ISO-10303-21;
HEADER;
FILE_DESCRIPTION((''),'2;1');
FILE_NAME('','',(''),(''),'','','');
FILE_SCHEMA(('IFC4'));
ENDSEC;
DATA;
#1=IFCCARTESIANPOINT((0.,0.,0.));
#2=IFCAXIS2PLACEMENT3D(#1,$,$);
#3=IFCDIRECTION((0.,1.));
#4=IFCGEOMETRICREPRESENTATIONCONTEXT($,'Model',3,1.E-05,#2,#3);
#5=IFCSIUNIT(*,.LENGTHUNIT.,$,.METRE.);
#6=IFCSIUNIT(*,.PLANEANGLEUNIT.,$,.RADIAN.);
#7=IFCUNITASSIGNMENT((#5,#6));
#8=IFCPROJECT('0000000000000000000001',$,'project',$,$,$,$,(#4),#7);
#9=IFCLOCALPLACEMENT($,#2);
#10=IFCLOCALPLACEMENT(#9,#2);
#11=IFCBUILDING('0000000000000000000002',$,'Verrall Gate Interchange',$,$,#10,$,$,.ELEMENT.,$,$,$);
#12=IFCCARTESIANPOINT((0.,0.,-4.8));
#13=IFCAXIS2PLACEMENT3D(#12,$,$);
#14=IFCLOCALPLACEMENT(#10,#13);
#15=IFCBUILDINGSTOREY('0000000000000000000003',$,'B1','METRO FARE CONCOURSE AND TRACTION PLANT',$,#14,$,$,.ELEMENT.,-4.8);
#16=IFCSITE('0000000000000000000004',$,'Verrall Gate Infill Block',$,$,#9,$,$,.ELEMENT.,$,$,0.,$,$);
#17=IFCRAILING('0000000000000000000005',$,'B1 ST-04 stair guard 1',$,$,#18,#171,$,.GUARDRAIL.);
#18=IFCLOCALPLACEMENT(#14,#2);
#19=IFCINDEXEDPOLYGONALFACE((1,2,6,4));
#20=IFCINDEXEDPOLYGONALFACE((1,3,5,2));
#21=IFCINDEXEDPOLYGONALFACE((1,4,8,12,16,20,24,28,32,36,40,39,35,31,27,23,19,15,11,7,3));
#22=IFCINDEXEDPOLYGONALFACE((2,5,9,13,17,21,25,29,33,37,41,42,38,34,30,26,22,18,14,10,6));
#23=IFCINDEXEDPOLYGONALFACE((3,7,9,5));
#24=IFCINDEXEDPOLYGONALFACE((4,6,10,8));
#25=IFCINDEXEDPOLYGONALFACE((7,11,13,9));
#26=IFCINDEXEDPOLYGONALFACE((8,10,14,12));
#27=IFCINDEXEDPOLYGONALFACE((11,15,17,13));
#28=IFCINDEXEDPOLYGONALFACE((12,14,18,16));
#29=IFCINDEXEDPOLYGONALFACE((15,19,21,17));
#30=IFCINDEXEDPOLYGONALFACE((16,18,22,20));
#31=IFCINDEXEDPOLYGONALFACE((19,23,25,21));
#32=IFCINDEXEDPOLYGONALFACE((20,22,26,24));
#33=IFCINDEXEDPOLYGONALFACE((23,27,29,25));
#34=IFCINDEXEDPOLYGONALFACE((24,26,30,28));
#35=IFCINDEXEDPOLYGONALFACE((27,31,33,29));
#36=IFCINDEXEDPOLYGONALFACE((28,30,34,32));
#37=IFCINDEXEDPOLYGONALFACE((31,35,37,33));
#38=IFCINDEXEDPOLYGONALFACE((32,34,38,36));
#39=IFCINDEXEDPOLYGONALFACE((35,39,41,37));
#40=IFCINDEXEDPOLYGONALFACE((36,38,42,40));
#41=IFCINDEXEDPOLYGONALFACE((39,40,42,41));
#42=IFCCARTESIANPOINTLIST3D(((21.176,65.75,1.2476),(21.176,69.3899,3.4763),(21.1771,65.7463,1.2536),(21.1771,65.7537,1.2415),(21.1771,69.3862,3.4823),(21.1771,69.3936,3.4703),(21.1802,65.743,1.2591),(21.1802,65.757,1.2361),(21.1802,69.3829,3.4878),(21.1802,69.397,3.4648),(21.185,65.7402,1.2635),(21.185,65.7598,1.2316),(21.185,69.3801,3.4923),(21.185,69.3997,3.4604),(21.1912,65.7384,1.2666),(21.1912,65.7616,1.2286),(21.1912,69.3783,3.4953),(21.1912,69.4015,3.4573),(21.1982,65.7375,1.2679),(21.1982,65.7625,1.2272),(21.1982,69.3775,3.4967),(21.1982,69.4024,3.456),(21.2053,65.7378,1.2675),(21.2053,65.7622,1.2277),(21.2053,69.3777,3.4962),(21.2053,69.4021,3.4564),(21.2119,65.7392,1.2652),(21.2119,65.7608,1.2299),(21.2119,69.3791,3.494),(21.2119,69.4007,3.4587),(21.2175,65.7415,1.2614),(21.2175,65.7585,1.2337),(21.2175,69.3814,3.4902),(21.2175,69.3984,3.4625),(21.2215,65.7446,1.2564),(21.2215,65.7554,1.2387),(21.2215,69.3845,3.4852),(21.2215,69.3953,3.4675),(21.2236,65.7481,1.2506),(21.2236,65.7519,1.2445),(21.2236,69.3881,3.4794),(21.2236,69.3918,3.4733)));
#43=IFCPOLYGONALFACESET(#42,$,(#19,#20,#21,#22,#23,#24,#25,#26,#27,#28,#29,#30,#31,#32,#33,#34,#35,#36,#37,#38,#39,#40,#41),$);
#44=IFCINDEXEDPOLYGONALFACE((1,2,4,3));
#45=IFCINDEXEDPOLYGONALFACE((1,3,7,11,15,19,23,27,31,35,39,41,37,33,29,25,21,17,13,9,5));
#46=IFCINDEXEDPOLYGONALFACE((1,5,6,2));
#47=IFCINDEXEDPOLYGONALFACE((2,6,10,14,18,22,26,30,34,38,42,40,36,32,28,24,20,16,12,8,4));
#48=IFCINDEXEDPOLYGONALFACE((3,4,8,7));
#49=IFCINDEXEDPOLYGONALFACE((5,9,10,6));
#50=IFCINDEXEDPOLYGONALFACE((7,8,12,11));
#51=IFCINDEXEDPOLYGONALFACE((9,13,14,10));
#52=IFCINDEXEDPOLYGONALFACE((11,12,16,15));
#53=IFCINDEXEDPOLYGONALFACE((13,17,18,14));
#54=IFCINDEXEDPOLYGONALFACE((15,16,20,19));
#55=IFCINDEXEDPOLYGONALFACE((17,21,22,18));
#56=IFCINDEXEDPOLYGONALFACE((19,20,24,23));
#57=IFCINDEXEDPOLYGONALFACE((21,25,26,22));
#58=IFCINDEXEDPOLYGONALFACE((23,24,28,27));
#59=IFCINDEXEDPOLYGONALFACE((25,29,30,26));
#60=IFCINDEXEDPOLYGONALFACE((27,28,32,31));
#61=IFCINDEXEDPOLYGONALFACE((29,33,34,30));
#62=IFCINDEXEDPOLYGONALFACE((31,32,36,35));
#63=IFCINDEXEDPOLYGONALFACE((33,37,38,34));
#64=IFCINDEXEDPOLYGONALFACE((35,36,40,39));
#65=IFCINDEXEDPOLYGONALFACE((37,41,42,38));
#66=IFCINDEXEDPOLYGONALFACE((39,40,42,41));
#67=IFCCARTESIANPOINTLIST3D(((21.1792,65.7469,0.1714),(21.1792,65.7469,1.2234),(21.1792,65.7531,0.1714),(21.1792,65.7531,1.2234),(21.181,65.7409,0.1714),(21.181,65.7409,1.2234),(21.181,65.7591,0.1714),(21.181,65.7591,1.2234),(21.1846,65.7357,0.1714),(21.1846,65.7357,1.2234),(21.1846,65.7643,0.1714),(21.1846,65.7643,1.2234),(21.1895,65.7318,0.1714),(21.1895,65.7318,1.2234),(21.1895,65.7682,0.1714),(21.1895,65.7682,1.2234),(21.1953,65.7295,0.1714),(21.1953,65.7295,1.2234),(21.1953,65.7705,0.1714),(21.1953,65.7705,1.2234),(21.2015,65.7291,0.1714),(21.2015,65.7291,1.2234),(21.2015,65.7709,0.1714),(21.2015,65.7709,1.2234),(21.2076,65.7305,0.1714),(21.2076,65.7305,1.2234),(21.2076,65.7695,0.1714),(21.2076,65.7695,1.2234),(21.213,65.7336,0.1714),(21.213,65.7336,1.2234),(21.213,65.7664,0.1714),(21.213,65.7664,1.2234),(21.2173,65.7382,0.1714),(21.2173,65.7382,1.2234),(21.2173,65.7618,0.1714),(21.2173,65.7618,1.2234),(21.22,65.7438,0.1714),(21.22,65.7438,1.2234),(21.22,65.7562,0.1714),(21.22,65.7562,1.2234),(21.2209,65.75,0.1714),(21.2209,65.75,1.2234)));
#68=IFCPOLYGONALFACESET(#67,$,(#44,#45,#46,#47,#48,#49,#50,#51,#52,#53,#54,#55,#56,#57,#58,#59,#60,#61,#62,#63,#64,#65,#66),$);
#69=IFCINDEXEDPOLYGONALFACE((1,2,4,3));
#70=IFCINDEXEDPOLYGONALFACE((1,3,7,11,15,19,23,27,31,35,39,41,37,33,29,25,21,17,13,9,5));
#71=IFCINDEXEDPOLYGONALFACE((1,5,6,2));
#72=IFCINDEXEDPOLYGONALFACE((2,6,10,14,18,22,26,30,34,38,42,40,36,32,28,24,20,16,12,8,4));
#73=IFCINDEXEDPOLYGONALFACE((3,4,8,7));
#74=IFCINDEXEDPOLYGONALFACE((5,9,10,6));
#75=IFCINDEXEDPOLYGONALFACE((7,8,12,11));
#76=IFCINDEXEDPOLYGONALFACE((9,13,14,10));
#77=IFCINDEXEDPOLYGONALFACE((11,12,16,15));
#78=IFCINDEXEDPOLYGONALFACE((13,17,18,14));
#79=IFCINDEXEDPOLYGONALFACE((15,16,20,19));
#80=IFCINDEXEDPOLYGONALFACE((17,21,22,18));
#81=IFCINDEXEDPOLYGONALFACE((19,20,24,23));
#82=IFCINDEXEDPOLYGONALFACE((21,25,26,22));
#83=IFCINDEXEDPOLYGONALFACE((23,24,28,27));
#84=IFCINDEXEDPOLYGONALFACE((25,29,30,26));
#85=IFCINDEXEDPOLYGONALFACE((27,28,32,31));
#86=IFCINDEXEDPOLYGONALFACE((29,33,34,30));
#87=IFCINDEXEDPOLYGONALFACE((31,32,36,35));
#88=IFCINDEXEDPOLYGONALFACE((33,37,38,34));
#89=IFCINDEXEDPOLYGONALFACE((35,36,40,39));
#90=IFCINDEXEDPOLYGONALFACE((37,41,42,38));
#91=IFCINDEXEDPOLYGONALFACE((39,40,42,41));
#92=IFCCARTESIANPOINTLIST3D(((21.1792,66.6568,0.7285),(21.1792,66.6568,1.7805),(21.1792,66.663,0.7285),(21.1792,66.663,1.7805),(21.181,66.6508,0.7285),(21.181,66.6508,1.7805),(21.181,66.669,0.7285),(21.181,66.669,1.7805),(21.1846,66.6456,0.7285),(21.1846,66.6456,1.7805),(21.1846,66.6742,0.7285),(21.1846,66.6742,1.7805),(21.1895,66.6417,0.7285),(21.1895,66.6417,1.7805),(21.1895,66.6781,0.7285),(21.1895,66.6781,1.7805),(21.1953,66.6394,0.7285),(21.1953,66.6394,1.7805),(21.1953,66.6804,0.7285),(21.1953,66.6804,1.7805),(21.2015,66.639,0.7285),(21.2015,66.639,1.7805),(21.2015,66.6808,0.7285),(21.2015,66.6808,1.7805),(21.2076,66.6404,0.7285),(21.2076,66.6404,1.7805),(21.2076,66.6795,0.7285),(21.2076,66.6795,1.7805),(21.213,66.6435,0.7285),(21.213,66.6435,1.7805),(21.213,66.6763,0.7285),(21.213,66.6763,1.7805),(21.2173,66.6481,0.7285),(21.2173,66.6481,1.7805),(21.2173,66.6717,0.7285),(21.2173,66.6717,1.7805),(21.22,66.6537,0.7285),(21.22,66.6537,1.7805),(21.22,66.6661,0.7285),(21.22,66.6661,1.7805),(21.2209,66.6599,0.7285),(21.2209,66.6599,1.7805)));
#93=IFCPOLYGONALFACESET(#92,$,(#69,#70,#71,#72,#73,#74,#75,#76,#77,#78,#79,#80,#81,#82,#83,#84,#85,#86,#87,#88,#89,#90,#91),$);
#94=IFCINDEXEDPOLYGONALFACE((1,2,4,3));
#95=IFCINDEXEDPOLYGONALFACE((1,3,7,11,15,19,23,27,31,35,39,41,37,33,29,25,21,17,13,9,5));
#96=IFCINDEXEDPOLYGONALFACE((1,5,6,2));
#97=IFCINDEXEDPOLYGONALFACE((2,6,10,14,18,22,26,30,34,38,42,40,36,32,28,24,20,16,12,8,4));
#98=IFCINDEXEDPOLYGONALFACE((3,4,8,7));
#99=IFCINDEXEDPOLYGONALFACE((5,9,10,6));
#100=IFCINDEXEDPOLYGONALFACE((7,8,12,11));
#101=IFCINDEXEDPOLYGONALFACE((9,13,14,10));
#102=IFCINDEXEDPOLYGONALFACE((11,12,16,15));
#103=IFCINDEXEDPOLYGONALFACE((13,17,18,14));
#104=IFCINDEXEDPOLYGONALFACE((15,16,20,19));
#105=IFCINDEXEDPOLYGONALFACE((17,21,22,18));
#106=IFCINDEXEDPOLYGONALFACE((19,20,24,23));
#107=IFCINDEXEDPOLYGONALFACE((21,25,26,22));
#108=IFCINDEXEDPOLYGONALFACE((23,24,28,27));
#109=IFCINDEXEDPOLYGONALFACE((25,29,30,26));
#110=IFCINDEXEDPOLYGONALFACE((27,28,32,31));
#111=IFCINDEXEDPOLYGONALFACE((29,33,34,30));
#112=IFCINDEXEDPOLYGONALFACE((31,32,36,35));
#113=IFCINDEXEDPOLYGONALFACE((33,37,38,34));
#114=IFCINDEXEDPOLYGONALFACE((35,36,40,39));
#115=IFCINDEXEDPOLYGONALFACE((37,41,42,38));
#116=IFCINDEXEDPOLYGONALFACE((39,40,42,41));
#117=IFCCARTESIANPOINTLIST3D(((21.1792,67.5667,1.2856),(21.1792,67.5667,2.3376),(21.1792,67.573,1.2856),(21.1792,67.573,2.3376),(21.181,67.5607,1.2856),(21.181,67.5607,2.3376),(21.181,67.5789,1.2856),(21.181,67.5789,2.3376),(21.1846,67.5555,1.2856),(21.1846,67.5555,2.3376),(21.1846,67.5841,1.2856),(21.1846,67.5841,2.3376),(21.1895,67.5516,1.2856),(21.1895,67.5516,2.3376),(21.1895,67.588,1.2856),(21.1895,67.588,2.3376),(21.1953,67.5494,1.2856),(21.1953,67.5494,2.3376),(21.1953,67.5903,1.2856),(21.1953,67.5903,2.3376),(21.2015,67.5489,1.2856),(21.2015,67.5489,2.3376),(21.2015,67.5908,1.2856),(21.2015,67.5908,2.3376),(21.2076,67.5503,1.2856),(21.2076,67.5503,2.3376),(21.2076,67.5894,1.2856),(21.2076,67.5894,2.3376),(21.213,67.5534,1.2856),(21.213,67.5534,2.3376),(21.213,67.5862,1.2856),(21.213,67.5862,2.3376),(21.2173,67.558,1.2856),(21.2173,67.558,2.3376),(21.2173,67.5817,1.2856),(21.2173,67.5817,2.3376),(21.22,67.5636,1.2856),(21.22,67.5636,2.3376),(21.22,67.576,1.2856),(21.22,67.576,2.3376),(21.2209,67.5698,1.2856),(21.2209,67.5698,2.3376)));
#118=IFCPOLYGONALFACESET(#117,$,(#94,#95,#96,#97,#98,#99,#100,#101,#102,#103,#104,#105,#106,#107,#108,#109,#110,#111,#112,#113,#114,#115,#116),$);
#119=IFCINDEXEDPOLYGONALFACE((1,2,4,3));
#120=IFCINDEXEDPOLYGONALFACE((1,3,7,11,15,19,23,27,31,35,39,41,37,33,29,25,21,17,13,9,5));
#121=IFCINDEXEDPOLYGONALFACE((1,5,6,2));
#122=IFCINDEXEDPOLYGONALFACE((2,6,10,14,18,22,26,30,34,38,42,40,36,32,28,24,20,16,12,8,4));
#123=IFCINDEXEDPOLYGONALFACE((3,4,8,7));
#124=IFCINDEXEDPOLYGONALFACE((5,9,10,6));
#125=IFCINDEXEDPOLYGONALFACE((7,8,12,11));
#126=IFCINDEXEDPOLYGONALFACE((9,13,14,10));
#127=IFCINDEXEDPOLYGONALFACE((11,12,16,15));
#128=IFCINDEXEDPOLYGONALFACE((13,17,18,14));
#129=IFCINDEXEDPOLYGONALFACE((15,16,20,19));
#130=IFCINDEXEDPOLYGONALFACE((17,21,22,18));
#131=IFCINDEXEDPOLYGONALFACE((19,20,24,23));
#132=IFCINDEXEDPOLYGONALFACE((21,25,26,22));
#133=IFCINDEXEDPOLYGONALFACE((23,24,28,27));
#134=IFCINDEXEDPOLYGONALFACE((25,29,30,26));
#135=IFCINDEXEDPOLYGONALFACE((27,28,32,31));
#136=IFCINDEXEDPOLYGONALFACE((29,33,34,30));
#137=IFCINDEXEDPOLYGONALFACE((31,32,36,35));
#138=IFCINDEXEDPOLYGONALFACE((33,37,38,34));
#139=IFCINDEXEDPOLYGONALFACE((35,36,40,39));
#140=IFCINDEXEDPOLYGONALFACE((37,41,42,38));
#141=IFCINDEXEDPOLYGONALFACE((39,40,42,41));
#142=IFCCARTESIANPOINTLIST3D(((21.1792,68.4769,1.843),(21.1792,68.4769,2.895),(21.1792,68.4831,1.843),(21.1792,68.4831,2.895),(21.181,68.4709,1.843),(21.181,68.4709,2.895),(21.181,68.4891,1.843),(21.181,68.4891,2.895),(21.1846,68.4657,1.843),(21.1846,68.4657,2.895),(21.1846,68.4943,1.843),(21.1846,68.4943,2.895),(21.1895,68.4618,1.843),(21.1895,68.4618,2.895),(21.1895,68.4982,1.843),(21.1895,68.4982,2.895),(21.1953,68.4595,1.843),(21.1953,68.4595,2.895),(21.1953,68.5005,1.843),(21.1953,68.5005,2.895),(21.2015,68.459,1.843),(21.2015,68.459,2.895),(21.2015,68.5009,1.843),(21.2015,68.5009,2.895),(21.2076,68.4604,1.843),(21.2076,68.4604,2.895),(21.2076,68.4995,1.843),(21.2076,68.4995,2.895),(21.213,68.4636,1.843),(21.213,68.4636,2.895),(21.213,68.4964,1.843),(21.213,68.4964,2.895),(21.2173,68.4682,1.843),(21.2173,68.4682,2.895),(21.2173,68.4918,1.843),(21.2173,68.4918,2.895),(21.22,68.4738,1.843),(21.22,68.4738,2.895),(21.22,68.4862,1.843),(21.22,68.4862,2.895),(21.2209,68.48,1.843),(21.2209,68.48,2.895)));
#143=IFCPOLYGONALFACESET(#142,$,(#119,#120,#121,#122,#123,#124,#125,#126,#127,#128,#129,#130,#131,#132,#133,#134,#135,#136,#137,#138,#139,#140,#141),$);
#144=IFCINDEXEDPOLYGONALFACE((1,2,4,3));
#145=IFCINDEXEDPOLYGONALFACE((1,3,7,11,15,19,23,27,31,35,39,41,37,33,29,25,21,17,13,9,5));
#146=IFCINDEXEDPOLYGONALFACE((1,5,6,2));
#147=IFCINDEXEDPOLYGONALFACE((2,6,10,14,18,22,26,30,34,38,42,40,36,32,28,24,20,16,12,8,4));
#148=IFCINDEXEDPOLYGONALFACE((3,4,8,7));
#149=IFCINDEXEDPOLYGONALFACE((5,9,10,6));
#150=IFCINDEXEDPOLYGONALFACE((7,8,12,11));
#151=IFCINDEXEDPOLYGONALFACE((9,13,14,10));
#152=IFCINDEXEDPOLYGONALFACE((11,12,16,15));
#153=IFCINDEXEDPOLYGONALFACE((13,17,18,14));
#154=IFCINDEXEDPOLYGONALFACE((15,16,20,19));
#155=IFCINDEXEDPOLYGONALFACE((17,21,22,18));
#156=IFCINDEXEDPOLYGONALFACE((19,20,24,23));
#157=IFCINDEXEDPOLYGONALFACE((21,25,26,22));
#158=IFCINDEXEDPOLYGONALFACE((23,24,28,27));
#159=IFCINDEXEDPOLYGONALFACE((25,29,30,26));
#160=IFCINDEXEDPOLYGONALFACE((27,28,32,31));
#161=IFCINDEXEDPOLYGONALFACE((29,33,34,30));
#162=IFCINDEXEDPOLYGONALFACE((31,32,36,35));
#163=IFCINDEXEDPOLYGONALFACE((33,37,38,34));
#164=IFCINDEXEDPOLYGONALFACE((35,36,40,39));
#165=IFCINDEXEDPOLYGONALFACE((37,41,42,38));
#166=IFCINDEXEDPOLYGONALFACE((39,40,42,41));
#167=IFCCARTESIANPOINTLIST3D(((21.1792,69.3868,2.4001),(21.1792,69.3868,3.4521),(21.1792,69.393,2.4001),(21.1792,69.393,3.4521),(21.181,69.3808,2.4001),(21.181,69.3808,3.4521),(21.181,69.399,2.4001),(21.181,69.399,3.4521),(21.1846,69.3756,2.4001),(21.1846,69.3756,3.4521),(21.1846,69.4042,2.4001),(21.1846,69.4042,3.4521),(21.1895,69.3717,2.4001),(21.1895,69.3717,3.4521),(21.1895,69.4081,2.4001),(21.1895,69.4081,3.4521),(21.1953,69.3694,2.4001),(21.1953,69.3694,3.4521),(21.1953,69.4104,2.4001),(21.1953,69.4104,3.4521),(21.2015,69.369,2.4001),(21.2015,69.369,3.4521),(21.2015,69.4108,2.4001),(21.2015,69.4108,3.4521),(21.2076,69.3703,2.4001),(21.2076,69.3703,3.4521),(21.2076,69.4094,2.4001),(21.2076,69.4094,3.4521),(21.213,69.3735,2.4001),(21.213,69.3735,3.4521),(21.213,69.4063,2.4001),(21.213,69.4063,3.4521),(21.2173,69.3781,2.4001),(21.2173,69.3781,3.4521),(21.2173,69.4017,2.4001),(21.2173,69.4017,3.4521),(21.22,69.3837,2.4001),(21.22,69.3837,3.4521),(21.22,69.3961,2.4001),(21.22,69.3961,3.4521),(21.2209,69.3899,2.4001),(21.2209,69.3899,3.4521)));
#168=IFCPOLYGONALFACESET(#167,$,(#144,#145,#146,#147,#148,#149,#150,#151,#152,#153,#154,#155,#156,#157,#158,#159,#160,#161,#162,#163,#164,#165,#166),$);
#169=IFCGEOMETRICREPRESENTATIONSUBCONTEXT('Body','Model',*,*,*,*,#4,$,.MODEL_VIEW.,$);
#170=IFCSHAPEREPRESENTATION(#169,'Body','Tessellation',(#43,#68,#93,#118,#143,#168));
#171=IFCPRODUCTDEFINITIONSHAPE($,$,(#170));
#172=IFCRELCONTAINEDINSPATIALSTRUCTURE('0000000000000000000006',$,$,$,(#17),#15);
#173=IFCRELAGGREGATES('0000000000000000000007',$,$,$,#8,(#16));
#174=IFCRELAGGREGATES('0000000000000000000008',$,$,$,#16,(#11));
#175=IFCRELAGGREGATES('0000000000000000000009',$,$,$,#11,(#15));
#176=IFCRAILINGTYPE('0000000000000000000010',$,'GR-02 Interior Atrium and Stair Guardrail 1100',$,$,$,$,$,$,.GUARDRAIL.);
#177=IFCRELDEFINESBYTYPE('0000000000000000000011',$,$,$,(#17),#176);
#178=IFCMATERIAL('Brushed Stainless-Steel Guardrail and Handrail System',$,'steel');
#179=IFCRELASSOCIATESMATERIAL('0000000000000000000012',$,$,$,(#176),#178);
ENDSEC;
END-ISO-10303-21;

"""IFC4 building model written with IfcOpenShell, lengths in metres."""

from ifc_helpers import new_model, si_unit, direction, frame, origin, origin_2d, place, context, subcontext, project, spatial, circle, extrude, material, type_object, element, save


model = new_model("IFC4")

# Units and contexts
model_context = context("Model", 3, precision=1e-05, world=origin(), true_north=direction((0.0, 1.0)))
body_context = subcontext(model_context, "Body", "Model", "MODEL_VIEW")
ifc_project = project(units=[si_unit("LENGTHUNIT", "METRE"), si_unit("PLANEANGLEUNIT", "RADIAN")], contexts=[model_context])

# Site, building, storey
site_placement = place(None, origin())
site = spatial("IfcSite", under=ifc_project, at=site_placement, Name="Verrall Gate Infill Block", CompositionType="ELEMENT", RefElevation=0.0)
building_placement = place(site_placement, origin())
building = spatial("IfcBuilding", under=site, at=building_placement, Name="Verrall Gate Interchange", CompositionType="ELEMENT")
storey_placement = place(building_placement, frame((0.0, 0.0, -4.8)))
storey = spatial("IfcBuildingStorey", under=building, at=storey_placement, Name="B1", Description="METRO FARE CONCOURSE AND TRACTION PLANT", CompositionType="ELEMENT", Elevation=-4.8)

# Railing
ifc_material_1 = material(Name="Brushed Stainless-Steel Guardrail and Handrail System", Category="steel")
railing_type_1 = type_object("IfcRailingType", Name="GR-02 Interior Atrium and Stair Guardrail 1100", PredefinedType="GUARDRAIL", material=ifc_material_1)
railing_1_placement = place(storey_placement, frame((21.2, 65.75, 0.1714)))
element("IfcRailing", 1, at=railing_1_placement, inside=storey, type_object=railing_type_1, Name="B1 ST-04 stair guard 1", PredefinedType="GUARDRAIL", context=body_context, shape_type="SweptSolid", body=[
    extrude(circle(Radius=0.0239, at=origin_2d()), frame((0.0, 0.0, 1.0762), z_axis=(0.0, 0.852825, 0.522197), x_axis=(-1.0, 0.0, 0.0)), (0.0, 0.0, 1.0), 4.2681),
    extrude(circle(Radius=0.021, at=origin_2d()), origin(), (0.0, 0.0, 1.0), 1.052),
    extrude(circle(Radius=0.021, at=origin_2d()), frame((0.0, 0.9099, 0.5571)), (0.0, 0.0, 1.0), 1.052),
    extrude(circle(Radius=0.021, at=origin_2d()), frame((0.0, 1.8198, 1.1143)), (0.0, 0.0, 1.0), 1.052),
    extrude(circle(Radius=0.021, at=origin_2d()), frame((0.0, 2.73, 1.6716)), (0.0, 0.0, 1.0), 1.052),
    extrude(circle(Radius=0.021, at=origin_2d()), frame((0.0, 3.6399, 2.2288)), (0.0, 0.0, 1.0), 1.052),
])

save(model, "model.ifc")
